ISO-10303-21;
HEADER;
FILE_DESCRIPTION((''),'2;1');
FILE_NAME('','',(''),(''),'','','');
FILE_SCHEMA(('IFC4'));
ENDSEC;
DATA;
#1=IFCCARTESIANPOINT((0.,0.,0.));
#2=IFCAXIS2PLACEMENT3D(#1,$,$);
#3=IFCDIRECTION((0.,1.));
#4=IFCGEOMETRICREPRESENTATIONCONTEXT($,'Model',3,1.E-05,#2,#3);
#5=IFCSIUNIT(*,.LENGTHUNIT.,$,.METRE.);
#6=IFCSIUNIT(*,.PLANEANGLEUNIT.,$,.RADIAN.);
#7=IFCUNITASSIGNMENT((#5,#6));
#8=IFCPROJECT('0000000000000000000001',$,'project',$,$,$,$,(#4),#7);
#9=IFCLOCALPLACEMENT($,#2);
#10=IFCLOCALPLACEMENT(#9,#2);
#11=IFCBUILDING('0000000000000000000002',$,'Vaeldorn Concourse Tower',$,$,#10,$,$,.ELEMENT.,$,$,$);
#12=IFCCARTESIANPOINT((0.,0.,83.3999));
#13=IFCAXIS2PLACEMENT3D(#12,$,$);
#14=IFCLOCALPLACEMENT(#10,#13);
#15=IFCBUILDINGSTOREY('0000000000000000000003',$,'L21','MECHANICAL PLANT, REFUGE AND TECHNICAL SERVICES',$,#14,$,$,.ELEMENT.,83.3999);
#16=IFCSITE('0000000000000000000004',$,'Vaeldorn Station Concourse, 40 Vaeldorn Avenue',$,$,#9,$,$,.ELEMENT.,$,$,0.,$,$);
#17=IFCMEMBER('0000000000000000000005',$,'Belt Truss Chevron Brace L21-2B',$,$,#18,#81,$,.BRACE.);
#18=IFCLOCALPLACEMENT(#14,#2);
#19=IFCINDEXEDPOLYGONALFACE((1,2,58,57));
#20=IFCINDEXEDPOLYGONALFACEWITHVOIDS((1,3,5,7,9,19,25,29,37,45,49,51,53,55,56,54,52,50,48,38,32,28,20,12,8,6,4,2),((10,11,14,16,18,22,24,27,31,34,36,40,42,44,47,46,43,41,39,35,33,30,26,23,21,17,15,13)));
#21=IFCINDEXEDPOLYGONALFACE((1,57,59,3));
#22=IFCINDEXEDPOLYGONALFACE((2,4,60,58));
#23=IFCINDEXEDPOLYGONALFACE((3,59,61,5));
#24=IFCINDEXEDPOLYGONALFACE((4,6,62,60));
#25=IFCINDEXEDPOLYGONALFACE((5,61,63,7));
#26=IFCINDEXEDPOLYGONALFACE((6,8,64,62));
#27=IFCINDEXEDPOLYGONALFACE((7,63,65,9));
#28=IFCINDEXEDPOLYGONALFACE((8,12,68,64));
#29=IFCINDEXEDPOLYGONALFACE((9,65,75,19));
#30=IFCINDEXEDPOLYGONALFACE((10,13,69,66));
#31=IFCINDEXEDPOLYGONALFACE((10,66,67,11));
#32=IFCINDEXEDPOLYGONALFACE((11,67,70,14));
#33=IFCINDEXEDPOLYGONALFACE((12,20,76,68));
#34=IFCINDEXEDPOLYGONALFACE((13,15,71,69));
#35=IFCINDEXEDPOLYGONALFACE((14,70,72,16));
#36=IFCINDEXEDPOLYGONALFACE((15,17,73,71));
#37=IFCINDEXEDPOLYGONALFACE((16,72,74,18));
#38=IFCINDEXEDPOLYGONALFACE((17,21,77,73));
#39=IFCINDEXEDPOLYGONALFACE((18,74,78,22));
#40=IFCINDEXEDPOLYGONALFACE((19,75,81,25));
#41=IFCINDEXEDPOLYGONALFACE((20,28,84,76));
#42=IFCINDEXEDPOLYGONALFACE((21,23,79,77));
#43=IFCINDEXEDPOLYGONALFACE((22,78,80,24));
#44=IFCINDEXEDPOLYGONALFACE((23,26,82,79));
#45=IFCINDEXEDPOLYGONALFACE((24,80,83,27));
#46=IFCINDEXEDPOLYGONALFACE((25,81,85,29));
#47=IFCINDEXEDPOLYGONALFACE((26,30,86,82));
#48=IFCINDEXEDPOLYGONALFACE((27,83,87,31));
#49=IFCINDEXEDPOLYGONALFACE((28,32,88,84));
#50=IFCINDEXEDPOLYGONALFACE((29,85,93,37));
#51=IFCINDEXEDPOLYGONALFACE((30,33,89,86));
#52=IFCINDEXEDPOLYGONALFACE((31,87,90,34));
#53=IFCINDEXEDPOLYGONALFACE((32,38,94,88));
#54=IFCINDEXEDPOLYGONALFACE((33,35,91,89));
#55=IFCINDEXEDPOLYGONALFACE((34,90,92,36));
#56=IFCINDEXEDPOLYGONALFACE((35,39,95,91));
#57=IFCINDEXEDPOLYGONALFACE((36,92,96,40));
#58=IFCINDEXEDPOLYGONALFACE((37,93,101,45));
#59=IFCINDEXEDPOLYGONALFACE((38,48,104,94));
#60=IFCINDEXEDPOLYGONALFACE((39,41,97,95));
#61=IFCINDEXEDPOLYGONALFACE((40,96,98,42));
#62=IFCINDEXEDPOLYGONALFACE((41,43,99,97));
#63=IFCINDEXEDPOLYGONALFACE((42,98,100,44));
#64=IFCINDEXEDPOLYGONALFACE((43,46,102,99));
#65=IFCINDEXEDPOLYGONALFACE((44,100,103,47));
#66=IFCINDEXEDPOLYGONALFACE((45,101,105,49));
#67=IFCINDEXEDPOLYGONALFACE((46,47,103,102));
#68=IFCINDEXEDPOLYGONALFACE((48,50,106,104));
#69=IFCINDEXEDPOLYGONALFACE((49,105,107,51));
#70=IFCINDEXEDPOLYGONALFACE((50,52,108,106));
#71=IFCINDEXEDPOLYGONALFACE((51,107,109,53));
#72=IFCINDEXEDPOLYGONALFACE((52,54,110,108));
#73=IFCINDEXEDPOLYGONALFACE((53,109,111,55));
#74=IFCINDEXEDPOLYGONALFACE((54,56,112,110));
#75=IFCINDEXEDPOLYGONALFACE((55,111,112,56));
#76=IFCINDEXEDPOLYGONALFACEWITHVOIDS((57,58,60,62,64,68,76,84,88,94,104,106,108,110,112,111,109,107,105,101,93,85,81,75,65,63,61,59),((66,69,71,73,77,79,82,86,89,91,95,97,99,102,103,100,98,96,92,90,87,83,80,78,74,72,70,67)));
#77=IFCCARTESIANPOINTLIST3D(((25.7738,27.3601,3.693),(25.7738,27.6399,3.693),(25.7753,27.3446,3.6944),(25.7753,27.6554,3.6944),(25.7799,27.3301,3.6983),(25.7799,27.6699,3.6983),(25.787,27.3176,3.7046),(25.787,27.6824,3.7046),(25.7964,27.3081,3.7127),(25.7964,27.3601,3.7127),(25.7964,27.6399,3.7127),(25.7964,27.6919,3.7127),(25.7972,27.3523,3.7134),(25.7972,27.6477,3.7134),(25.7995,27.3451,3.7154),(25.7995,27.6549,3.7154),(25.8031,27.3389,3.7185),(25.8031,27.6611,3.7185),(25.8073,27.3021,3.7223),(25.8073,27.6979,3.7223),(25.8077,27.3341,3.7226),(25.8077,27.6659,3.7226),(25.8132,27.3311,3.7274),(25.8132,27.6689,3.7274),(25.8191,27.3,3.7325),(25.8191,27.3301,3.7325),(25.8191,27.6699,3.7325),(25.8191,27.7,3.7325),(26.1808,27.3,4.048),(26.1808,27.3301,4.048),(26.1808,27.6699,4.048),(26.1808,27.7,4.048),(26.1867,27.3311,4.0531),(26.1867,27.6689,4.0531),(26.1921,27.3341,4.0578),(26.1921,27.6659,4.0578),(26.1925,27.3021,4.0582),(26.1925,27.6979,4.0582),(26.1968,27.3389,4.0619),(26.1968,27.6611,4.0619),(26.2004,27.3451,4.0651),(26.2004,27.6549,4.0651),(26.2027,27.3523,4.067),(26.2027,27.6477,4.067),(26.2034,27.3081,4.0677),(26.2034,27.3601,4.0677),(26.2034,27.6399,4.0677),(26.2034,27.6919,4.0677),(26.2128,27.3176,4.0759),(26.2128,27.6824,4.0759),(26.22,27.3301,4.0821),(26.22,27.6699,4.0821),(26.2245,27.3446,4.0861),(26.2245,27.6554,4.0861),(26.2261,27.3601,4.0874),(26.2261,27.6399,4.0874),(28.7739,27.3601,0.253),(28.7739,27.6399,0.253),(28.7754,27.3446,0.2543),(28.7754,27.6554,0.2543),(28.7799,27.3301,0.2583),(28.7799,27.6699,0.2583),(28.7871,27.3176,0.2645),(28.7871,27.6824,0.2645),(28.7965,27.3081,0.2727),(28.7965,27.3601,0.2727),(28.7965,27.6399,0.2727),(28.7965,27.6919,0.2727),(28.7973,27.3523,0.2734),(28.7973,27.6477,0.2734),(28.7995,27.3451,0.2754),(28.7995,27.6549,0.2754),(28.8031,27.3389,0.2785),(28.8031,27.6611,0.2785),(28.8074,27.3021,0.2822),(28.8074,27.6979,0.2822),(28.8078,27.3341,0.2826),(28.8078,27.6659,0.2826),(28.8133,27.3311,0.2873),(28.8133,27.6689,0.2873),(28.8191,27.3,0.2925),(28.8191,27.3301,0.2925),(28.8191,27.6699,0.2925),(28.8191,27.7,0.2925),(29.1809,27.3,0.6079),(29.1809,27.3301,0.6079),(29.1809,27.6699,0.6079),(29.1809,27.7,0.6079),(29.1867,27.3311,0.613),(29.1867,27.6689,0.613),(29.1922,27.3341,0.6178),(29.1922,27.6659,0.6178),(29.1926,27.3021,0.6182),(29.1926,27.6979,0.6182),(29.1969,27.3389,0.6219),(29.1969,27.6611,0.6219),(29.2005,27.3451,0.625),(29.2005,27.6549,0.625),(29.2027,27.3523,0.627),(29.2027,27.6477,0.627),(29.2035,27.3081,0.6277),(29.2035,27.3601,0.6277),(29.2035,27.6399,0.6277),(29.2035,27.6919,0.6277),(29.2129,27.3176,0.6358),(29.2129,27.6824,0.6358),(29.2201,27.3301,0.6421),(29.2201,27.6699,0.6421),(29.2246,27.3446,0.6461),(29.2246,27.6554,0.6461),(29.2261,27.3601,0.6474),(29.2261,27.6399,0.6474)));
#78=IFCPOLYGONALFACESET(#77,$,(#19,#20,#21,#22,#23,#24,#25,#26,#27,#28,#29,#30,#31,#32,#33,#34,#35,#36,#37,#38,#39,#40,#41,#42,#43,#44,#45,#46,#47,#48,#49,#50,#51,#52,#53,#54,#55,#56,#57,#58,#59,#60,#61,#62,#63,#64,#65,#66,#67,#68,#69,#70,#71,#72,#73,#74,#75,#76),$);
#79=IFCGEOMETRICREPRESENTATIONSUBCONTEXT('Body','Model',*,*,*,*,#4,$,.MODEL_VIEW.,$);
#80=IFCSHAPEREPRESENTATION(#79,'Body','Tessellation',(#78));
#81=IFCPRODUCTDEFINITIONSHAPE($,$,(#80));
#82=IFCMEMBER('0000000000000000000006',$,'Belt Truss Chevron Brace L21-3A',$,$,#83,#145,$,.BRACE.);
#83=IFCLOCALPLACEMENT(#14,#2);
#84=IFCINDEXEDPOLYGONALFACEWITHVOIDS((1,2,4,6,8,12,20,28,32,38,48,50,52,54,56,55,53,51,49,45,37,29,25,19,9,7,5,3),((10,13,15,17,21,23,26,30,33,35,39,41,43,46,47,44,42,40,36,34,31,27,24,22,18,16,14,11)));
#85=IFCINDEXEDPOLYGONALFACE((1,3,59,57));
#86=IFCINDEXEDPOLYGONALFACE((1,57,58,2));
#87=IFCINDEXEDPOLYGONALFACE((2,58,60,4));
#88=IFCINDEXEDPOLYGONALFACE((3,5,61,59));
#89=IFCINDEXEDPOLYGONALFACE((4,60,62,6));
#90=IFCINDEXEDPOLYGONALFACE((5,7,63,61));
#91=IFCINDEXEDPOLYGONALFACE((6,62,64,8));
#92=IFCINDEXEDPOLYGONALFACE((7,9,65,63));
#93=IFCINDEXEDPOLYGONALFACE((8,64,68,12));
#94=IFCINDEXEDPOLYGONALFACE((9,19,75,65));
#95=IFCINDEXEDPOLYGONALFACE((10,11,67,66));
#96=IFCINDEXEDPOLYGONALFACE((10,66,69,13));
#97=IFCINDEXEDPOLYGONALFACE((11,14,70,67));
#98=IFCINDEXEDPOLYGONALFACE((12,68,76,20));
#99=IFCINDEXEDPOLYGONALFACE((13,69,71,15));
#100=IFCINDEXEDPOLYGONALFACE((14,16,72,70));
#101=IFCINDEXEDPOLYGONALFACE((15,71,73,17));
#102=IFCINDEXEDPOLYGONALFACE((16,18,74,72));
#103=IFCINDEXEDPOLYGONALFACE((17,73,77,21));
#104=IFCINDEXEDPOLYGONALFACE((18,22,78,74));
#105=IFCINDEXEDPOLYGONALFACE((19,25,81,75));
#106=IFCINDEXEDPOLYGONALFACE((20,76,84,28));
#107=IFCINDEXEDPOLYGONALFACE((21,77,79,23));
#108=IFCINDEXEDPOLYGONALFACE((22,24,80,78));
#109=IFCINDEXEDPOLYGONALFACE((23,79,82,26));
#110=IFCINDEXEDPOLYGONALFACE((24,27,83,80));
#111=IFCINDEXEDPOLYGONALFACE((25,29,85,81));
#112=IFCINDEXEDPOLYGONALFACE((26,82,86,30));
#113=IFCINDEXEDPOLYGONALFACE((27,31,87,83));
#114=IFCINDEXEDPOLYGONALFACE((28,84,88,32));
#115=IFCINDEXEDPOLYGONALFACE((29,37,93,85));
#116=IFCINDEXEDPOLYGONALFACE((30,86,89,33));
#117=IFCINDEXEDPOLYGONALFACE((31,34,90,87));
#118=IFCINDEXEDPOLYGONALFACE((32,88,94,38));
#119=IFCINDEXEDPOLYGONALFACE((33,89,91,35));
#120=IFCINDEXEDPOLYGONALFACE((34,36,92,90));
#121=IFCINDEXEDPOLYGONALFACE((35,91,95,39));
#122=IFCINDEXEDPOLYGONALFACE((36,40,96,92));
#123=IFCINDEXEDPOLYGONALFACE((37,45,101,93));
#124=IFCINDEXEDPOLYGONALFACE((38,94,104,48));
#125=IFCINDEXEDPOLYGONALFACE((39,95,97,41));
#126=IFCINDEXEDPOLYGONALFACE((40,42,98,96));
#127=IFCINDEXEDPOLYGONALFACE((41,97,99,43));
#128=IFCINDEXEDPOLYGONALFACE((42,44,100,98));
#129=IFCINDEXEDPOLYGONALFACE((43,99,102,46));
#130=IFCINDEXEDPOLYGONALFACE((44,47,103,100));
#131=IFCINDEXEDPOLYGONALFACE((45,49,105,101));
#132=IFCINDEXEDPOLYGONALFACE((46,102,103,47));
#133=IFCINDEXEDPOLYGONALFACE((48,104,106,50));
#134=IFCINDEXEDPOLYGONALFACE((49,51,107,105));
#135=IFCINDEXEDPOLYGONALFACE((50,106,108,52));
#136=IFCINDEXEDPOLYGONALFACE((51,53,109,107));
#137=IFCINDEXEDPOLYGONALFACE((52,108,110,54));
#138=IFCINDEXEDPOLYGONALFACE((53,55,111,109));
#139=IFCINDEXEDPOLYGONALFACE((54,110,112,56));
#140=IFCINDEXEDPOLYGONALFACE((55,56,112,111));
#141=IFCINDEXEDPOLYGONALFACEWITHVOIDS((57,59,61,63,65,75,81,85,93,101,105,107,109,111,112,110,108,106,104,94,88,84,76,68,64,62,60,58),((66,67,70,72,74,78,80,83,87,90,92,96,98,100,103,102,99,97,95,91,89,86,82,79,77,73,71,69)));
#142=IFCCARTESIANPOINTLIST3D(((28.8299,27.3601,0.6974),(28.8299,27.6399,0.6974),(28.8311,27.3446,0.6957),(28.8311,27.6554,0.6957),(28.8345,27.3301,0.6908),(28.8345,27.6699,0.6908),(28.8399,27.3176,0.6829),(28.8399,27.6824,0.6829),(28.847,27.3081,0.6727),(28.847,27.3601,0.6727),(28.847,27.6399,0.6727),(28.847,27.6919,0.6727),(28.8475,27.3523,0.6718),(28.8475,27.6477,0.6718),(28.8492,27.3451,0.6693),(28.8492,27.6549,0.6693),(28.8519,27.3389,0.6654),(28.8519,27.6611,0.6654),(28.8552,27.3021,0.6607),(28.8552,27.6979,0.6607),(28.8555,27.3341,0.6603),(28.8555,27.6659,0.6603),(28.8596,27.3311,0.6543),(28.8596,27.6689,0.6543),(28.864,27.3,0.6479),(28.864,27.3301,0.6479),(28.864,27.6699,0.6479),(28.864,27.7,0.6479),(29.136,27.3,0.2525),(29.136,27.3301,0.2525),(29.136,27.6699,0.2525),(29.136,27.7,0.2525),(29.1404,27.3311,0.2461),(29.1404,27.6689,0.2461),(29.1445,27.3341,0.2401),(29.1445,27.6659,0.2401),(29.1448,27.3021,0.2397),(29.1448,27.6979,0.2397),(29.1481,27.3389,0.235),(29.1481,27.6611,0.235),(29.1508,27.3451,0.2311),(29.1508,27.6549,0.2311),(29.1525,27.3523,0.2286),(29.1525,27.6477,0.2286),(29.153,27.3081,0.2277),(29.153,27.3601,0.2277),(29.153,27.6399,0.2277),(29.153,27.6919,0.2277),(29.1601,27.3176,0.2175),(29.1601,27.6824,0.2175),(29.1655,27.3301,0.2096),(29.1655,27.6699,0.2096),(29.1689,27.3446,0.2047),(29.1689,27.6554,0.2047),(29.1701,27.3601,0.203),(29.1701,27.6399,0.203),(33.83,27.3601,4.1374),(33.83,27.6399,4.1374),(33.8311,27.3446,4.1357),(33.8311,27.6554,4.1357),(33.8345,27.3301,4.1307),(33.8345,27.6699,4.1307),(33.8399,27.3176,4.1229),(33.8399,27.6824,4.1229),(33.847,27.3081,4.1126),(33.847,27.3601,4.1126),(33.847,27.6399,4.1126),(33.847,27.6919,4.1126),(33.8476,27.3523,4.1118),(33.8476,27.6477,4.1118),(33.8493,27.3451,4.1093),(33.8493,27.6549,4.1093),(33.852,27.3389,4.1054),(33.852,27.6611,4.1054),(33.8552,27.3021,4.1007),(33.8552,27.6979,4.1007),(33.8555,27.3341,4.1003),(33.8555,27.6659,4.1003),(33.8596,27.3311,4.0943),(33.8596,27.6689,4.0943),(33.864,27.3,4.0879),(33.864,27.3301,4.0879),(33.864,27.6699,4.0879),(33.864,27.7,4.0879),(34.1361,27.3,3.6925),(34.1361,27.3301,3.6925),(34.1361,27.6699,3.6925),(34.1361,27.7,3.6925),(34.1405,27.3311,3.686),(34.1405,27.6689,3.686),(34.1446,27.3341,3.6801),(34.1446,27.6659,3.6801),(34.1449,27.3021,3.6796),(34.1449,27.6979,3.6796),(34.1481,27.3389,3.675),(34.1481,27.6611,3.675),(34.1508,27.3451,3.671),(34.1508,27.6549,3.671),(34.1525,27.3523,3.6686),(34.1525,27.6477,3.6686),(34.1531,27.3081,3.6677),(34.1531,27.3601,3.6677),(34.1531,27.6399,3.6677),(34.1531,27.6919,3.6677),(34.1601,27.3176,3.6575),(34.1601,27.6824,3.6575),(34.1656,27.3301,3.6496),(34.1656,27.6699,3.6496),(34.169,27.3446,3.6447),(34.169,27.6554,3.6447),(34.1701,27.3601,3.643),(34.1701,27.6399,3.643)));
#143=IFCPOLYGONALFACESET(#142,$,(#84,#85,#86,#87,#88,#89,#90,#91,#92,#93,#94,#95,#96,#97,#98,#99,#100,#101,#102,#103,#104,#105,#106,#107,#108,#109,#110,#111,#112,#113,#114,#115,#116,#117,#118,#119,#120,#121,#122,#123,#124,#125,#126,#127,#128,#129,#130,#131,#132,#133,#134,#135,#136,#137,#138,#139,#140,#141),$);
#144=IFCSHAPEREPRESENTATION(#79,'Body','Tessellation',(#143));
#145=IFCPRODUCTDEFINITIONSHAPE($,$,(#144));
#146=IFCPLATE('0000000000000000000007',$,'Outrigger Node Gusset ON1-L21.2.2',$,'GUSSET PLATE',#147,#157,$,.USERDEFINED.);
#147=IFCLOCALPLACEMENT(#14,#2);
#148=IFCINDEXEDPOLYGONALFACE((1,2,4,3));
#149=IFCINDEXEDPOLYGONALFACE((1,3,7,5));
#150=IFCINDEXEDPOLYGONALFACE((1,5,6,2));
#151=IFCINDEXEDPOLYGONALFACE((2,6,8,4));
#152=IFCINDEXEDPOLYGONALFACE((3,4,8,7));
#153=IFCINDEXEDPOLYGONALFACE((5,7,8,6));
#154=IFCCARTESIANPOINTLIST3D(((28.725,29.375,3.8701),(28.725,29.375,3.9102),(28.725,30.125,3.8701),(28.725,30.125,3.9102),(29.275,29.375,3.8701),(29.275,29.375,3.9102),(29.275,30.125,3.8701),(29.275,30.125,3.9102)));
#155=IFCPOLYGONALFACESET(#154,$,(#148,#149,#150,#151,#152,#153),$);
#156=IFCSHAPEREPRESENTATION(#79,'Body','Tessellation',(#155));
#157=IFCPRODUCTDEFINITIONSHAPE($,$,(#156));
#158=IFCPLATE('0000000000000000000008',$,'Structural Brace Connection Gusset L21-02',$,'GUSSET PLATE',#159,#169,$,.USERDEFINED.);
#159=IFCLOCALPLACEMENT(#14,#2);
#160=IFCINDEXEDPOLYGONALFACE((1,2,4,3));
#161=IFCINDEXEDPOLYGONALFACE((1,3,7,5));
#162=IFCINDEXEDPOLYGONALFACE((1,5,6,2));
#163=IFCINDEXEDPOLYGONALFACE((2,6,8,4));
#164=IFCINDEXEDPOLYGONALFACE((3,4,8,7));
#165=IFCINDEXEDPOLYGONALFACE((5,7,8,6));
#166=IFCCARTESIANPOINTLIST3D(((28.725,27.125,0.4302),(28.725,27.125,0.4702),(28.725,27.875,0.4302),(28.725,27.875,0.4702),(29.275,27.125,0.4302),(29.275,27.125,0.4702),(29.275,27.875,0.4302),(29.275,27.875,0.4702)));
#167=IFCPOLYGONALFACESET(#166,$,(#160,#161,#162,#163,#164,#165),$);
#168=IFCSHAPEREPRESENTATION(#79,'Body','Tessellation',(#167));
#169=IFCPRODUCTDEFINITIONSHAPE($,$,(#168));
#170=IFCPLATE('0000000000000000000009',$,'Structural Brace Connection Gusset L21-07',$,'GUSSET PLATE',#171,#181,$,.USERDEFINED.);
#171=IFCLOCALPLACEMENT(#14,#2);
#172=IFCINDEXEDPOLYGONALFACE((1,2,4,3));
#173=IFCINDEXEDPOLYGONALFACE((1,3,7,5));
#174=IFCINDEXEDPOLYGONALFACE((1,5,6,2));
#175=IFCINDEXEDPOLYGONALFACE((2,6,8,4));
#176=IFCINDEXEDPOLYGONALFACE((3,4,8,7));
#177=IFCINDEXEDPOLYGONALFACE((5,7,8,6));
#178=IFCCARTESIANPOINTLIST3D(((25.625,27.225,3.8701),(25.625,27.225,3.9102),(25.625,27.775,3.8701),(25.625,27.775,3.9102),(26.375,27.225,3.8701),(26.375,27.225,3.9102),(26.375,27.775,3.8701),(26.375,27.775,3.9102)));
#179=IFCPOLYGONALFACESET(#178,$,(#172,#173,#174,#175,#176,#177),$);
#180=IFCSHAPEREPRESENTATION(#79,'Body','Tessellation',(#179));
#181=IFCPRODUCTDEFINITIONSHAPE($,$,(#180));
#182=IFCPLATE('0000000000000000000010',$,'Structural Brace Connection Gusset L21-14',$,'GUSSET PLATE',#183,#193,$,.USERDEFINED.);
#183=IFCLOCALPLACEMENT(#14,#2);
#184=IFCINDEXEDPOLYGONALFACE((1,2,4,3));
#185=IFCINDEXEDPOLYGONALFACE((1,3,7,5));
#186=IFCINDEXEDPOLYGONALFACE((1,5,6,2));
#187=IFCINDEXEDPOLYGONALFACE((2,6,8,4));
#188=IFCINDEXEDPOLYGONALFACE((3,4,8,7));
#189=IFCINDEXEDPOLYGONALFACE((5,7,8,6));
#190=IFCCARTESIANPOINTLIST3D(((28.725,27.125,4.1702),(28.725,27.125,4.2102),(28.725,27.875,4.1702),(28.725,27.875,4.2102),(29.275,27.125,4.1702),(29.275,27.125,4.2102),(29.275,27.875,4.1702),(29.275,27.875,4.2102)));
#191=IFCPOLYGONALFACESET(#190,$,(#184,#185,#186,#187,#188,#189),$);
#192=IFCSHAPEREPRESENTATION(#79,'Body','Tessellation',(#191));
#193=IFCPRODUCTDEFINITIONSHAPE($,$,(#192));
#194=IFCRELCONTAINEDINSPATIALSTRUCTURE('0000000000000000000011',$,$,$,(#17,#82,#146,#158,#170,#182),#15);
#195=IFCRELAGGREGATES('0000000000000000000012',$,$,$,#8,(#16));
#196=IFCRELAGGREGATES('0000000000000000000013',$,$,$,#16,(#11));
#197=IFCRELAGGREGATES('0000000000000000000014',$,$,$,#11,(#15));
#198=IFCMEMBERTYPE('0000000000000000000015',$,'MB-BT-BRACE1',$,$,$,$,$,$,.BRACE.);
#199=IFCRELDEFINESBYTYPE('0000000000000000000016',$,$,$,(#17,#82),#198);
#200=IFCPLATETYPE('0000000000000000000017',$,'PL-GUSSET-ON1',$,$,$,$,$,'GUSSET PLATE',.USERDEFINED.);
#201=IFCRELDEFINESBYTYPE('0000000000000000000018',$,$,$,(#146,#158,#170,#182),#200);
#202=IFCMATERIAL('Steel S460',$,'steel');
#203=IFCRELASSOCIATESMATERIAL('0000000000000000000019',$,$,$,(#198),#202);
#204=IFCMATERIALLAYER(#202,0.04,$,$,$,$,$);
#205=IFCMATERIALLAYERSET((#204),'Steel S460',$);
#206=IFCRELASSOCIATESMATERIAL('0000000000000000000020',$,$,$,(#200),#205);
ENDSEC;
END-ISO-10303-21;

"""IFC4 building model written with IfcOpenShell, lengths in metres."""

from ifc_helpers import new_model, si_unit, direction, frame, origin, origin_2d, place, context, subcontext, project, spatial, rectangle, hollow_rectangle, extrude, source, transform, mapped, material, layer, layer_set, material_profile, profile_set, type_object, element, save


model = new_model("IFC4")

# Units and contexts
model_context = context("Model", 3, precision=1e-05, world=origin(), true_north=direction((0.0, 1.0)))
body_context = subcontext(model_context, "Body", "Model", "MODEL_VIEW")
ifc_project = project(units=[si_unit("LENGTHUNIT", "METRE"), si_unit("PLANEANGLEUNIT", "RADIAN")], contexts=[model_context])

# Site, building, storey
site_placement = place(None, origin())
site = spatial("IfcSite", under=ifc_project, at=site_placement, Name="Vaeldorn Station Concourse, 40 Vaeldorn Avenue", CompositionType="ELEMENT", RefElevation=0.0)
building_placement = place(site_placement, origin())
building = spatial("IfcBuilding", under=site, at=building_placement, Name="Vaeldorn Concourse Tower", CompositionType="ELEMENT")
storey_placement = place(building_placement, frame((0.0, 0.0, 83.3999)))
storey = spatial("IfcBuildingStorey", under=building, at=storey_placement, Name="L21", Description="MECHANICAL PLANT, REFUGE AND TECHNICAL SERVICES", CompositionType="ELEMENT", Elevation=83.3999)

# Shared definitions
ifc_material_1 = material(Name="Steel S460", Category="steel")

# Members
ifc_material_profile_1 = material_profile(ifc_material_1, hollow_rectangle(XDim=0.3999, YDim=0.6001, WallThickness=0.03, InnerFilletRadius=0.03, OuterFilletRadius=0.0601, at=origin_2d()), Name="RHS 600x400x30")
ifc_profile_set_1 = profile_set([ifc_material_profile_1], Name="Steel S460")
member_type_1 = type_object("IfcMemberType", Name="MB-BT-BRACE1", PredefinedType="BRACE", material=ifc_profile_set_1)
shared_shape_1 = source(origin(), body_context, "Body", "SweptSolid", [
    extrude(hollow_rectangle(XDim=0.3999, YDim=0.6001, WallThickness=0.03, InnerFilletRadius=0.03, OuterFilletRadius=0.0601, at=origin_2d()), origin(), (0.0, 0.0, 1.0), 4.5645),
])
for number, where, z_axis, x_axis, name in (
    (1, (29.0, 27.5, 0.4502), (-0.657269, 0.0, 0.753656), (0.0, -1.0, 0.0), "Belt Truss Chevron Brace L21-2B"),
):
    element("IfcMember", number, at=place(storey_placement, frame(where, z_axis=z_axis, x_axis=x_axis)), inside=storey, type_object=member_type_1, Name=name, PredefinedType="BRACE", context=body_context, shape_type="MappedRepresentation", body=[
        mapped(shared_shape_1, transform((0.0, 0.0, 0.0), scale=1.0)),
    ])
shared_shape_2 = source(origin(), body_context, "Body", "SweptSolid", [
    extrude(hollow_rectangle(XDim=0.3999, YDim=0.6001, WallThickness=0.03, InnerFilletRadius=0.03, OuterFilletRadius=0.0601, at=origin_2d()), origin(), (0.0, 0.0, 1.0), 6.0691),
])
member_1_placement = place(storey_placement, frame((29.0, 27.5, 0.4502), z_axis=(0.823854, 0.0, 0.566802), x_axis=(0.0, 1.0, 0.0)))
element("IfcMember", 2, at=member_1_placement, inside=storey, type_object=member_type_1, Name="Belt Truss Chevron Brace L21-3A", PredefinedType="BRACE", context=body_context, shape_type="MappedRepresentation", body=[
    mapped(shared_shape_2, transform((0.0, 0.0, 0.0), scale=1.0)),
])

# Plates
ifc_layer_1 = layer(ifc_material_1, 0.04)
ifc_layer_set_1 = layer_set([ifc_layer_1], Name="Steel S460")
plate_type_1 = type_object("IfcPlateType", Name="PL-GUSSET-ON1", ElementType="GUSSET PLATE", PredefinedType="USERDEFINED", material=ifc_layer_set_1)
shared_shape_3 = source(origin(), body_context, "Body", "SweptSolid", [
    extrude(rectangle(XDim=0.75, YDim=0.55, at=origin_2d()), origin(), (0.0, 0.0, 1.0), 0.04),
])
for number, where, z_axis, x_axis, name in (
    (3, (29.0, 29.75, 3.8701), (0.0, 0.0, 1.0), (0.0, 1.0, 0.0), "Outrigger Node Gusset ON1-L21.2.2"),
    (4, (29.0, 27.5, 0.4302), (0.0, 0.0, 1.0), (0.0, 1.0, 0.0), "Structural Brace Connection Gusset L21-02"),
    (5, (26.0, 27.5, 3.8701), (0.0, 0.0, 1.0), (1.0, 0.0, 0.0), "Structural Brace Connection Gusset L21-07"),
    (6, (29.0, 27.5, 4.1702), (0.0, 0.0, 1.0), (0.0, 1.0, 0.0), "Structural Brace Connection Gusset L21-14"),
):
    element("IfcPlate", number, at=place(storey_placement, frame(where, z_axis=z_axis, x_axis=x_axis)), inside=storey, type_object=plate_type_1, Name=name, ObjectType="GUSSET PLATE", PredefinedType="USERDEFINED", context=body_context, shape_type="MappedRepresentation", body=[
        mapped(shared_shape_3, transform((0.0, 0.0, 0.0), scale=1.0)),
    ])

save(model, "model.ifc")
